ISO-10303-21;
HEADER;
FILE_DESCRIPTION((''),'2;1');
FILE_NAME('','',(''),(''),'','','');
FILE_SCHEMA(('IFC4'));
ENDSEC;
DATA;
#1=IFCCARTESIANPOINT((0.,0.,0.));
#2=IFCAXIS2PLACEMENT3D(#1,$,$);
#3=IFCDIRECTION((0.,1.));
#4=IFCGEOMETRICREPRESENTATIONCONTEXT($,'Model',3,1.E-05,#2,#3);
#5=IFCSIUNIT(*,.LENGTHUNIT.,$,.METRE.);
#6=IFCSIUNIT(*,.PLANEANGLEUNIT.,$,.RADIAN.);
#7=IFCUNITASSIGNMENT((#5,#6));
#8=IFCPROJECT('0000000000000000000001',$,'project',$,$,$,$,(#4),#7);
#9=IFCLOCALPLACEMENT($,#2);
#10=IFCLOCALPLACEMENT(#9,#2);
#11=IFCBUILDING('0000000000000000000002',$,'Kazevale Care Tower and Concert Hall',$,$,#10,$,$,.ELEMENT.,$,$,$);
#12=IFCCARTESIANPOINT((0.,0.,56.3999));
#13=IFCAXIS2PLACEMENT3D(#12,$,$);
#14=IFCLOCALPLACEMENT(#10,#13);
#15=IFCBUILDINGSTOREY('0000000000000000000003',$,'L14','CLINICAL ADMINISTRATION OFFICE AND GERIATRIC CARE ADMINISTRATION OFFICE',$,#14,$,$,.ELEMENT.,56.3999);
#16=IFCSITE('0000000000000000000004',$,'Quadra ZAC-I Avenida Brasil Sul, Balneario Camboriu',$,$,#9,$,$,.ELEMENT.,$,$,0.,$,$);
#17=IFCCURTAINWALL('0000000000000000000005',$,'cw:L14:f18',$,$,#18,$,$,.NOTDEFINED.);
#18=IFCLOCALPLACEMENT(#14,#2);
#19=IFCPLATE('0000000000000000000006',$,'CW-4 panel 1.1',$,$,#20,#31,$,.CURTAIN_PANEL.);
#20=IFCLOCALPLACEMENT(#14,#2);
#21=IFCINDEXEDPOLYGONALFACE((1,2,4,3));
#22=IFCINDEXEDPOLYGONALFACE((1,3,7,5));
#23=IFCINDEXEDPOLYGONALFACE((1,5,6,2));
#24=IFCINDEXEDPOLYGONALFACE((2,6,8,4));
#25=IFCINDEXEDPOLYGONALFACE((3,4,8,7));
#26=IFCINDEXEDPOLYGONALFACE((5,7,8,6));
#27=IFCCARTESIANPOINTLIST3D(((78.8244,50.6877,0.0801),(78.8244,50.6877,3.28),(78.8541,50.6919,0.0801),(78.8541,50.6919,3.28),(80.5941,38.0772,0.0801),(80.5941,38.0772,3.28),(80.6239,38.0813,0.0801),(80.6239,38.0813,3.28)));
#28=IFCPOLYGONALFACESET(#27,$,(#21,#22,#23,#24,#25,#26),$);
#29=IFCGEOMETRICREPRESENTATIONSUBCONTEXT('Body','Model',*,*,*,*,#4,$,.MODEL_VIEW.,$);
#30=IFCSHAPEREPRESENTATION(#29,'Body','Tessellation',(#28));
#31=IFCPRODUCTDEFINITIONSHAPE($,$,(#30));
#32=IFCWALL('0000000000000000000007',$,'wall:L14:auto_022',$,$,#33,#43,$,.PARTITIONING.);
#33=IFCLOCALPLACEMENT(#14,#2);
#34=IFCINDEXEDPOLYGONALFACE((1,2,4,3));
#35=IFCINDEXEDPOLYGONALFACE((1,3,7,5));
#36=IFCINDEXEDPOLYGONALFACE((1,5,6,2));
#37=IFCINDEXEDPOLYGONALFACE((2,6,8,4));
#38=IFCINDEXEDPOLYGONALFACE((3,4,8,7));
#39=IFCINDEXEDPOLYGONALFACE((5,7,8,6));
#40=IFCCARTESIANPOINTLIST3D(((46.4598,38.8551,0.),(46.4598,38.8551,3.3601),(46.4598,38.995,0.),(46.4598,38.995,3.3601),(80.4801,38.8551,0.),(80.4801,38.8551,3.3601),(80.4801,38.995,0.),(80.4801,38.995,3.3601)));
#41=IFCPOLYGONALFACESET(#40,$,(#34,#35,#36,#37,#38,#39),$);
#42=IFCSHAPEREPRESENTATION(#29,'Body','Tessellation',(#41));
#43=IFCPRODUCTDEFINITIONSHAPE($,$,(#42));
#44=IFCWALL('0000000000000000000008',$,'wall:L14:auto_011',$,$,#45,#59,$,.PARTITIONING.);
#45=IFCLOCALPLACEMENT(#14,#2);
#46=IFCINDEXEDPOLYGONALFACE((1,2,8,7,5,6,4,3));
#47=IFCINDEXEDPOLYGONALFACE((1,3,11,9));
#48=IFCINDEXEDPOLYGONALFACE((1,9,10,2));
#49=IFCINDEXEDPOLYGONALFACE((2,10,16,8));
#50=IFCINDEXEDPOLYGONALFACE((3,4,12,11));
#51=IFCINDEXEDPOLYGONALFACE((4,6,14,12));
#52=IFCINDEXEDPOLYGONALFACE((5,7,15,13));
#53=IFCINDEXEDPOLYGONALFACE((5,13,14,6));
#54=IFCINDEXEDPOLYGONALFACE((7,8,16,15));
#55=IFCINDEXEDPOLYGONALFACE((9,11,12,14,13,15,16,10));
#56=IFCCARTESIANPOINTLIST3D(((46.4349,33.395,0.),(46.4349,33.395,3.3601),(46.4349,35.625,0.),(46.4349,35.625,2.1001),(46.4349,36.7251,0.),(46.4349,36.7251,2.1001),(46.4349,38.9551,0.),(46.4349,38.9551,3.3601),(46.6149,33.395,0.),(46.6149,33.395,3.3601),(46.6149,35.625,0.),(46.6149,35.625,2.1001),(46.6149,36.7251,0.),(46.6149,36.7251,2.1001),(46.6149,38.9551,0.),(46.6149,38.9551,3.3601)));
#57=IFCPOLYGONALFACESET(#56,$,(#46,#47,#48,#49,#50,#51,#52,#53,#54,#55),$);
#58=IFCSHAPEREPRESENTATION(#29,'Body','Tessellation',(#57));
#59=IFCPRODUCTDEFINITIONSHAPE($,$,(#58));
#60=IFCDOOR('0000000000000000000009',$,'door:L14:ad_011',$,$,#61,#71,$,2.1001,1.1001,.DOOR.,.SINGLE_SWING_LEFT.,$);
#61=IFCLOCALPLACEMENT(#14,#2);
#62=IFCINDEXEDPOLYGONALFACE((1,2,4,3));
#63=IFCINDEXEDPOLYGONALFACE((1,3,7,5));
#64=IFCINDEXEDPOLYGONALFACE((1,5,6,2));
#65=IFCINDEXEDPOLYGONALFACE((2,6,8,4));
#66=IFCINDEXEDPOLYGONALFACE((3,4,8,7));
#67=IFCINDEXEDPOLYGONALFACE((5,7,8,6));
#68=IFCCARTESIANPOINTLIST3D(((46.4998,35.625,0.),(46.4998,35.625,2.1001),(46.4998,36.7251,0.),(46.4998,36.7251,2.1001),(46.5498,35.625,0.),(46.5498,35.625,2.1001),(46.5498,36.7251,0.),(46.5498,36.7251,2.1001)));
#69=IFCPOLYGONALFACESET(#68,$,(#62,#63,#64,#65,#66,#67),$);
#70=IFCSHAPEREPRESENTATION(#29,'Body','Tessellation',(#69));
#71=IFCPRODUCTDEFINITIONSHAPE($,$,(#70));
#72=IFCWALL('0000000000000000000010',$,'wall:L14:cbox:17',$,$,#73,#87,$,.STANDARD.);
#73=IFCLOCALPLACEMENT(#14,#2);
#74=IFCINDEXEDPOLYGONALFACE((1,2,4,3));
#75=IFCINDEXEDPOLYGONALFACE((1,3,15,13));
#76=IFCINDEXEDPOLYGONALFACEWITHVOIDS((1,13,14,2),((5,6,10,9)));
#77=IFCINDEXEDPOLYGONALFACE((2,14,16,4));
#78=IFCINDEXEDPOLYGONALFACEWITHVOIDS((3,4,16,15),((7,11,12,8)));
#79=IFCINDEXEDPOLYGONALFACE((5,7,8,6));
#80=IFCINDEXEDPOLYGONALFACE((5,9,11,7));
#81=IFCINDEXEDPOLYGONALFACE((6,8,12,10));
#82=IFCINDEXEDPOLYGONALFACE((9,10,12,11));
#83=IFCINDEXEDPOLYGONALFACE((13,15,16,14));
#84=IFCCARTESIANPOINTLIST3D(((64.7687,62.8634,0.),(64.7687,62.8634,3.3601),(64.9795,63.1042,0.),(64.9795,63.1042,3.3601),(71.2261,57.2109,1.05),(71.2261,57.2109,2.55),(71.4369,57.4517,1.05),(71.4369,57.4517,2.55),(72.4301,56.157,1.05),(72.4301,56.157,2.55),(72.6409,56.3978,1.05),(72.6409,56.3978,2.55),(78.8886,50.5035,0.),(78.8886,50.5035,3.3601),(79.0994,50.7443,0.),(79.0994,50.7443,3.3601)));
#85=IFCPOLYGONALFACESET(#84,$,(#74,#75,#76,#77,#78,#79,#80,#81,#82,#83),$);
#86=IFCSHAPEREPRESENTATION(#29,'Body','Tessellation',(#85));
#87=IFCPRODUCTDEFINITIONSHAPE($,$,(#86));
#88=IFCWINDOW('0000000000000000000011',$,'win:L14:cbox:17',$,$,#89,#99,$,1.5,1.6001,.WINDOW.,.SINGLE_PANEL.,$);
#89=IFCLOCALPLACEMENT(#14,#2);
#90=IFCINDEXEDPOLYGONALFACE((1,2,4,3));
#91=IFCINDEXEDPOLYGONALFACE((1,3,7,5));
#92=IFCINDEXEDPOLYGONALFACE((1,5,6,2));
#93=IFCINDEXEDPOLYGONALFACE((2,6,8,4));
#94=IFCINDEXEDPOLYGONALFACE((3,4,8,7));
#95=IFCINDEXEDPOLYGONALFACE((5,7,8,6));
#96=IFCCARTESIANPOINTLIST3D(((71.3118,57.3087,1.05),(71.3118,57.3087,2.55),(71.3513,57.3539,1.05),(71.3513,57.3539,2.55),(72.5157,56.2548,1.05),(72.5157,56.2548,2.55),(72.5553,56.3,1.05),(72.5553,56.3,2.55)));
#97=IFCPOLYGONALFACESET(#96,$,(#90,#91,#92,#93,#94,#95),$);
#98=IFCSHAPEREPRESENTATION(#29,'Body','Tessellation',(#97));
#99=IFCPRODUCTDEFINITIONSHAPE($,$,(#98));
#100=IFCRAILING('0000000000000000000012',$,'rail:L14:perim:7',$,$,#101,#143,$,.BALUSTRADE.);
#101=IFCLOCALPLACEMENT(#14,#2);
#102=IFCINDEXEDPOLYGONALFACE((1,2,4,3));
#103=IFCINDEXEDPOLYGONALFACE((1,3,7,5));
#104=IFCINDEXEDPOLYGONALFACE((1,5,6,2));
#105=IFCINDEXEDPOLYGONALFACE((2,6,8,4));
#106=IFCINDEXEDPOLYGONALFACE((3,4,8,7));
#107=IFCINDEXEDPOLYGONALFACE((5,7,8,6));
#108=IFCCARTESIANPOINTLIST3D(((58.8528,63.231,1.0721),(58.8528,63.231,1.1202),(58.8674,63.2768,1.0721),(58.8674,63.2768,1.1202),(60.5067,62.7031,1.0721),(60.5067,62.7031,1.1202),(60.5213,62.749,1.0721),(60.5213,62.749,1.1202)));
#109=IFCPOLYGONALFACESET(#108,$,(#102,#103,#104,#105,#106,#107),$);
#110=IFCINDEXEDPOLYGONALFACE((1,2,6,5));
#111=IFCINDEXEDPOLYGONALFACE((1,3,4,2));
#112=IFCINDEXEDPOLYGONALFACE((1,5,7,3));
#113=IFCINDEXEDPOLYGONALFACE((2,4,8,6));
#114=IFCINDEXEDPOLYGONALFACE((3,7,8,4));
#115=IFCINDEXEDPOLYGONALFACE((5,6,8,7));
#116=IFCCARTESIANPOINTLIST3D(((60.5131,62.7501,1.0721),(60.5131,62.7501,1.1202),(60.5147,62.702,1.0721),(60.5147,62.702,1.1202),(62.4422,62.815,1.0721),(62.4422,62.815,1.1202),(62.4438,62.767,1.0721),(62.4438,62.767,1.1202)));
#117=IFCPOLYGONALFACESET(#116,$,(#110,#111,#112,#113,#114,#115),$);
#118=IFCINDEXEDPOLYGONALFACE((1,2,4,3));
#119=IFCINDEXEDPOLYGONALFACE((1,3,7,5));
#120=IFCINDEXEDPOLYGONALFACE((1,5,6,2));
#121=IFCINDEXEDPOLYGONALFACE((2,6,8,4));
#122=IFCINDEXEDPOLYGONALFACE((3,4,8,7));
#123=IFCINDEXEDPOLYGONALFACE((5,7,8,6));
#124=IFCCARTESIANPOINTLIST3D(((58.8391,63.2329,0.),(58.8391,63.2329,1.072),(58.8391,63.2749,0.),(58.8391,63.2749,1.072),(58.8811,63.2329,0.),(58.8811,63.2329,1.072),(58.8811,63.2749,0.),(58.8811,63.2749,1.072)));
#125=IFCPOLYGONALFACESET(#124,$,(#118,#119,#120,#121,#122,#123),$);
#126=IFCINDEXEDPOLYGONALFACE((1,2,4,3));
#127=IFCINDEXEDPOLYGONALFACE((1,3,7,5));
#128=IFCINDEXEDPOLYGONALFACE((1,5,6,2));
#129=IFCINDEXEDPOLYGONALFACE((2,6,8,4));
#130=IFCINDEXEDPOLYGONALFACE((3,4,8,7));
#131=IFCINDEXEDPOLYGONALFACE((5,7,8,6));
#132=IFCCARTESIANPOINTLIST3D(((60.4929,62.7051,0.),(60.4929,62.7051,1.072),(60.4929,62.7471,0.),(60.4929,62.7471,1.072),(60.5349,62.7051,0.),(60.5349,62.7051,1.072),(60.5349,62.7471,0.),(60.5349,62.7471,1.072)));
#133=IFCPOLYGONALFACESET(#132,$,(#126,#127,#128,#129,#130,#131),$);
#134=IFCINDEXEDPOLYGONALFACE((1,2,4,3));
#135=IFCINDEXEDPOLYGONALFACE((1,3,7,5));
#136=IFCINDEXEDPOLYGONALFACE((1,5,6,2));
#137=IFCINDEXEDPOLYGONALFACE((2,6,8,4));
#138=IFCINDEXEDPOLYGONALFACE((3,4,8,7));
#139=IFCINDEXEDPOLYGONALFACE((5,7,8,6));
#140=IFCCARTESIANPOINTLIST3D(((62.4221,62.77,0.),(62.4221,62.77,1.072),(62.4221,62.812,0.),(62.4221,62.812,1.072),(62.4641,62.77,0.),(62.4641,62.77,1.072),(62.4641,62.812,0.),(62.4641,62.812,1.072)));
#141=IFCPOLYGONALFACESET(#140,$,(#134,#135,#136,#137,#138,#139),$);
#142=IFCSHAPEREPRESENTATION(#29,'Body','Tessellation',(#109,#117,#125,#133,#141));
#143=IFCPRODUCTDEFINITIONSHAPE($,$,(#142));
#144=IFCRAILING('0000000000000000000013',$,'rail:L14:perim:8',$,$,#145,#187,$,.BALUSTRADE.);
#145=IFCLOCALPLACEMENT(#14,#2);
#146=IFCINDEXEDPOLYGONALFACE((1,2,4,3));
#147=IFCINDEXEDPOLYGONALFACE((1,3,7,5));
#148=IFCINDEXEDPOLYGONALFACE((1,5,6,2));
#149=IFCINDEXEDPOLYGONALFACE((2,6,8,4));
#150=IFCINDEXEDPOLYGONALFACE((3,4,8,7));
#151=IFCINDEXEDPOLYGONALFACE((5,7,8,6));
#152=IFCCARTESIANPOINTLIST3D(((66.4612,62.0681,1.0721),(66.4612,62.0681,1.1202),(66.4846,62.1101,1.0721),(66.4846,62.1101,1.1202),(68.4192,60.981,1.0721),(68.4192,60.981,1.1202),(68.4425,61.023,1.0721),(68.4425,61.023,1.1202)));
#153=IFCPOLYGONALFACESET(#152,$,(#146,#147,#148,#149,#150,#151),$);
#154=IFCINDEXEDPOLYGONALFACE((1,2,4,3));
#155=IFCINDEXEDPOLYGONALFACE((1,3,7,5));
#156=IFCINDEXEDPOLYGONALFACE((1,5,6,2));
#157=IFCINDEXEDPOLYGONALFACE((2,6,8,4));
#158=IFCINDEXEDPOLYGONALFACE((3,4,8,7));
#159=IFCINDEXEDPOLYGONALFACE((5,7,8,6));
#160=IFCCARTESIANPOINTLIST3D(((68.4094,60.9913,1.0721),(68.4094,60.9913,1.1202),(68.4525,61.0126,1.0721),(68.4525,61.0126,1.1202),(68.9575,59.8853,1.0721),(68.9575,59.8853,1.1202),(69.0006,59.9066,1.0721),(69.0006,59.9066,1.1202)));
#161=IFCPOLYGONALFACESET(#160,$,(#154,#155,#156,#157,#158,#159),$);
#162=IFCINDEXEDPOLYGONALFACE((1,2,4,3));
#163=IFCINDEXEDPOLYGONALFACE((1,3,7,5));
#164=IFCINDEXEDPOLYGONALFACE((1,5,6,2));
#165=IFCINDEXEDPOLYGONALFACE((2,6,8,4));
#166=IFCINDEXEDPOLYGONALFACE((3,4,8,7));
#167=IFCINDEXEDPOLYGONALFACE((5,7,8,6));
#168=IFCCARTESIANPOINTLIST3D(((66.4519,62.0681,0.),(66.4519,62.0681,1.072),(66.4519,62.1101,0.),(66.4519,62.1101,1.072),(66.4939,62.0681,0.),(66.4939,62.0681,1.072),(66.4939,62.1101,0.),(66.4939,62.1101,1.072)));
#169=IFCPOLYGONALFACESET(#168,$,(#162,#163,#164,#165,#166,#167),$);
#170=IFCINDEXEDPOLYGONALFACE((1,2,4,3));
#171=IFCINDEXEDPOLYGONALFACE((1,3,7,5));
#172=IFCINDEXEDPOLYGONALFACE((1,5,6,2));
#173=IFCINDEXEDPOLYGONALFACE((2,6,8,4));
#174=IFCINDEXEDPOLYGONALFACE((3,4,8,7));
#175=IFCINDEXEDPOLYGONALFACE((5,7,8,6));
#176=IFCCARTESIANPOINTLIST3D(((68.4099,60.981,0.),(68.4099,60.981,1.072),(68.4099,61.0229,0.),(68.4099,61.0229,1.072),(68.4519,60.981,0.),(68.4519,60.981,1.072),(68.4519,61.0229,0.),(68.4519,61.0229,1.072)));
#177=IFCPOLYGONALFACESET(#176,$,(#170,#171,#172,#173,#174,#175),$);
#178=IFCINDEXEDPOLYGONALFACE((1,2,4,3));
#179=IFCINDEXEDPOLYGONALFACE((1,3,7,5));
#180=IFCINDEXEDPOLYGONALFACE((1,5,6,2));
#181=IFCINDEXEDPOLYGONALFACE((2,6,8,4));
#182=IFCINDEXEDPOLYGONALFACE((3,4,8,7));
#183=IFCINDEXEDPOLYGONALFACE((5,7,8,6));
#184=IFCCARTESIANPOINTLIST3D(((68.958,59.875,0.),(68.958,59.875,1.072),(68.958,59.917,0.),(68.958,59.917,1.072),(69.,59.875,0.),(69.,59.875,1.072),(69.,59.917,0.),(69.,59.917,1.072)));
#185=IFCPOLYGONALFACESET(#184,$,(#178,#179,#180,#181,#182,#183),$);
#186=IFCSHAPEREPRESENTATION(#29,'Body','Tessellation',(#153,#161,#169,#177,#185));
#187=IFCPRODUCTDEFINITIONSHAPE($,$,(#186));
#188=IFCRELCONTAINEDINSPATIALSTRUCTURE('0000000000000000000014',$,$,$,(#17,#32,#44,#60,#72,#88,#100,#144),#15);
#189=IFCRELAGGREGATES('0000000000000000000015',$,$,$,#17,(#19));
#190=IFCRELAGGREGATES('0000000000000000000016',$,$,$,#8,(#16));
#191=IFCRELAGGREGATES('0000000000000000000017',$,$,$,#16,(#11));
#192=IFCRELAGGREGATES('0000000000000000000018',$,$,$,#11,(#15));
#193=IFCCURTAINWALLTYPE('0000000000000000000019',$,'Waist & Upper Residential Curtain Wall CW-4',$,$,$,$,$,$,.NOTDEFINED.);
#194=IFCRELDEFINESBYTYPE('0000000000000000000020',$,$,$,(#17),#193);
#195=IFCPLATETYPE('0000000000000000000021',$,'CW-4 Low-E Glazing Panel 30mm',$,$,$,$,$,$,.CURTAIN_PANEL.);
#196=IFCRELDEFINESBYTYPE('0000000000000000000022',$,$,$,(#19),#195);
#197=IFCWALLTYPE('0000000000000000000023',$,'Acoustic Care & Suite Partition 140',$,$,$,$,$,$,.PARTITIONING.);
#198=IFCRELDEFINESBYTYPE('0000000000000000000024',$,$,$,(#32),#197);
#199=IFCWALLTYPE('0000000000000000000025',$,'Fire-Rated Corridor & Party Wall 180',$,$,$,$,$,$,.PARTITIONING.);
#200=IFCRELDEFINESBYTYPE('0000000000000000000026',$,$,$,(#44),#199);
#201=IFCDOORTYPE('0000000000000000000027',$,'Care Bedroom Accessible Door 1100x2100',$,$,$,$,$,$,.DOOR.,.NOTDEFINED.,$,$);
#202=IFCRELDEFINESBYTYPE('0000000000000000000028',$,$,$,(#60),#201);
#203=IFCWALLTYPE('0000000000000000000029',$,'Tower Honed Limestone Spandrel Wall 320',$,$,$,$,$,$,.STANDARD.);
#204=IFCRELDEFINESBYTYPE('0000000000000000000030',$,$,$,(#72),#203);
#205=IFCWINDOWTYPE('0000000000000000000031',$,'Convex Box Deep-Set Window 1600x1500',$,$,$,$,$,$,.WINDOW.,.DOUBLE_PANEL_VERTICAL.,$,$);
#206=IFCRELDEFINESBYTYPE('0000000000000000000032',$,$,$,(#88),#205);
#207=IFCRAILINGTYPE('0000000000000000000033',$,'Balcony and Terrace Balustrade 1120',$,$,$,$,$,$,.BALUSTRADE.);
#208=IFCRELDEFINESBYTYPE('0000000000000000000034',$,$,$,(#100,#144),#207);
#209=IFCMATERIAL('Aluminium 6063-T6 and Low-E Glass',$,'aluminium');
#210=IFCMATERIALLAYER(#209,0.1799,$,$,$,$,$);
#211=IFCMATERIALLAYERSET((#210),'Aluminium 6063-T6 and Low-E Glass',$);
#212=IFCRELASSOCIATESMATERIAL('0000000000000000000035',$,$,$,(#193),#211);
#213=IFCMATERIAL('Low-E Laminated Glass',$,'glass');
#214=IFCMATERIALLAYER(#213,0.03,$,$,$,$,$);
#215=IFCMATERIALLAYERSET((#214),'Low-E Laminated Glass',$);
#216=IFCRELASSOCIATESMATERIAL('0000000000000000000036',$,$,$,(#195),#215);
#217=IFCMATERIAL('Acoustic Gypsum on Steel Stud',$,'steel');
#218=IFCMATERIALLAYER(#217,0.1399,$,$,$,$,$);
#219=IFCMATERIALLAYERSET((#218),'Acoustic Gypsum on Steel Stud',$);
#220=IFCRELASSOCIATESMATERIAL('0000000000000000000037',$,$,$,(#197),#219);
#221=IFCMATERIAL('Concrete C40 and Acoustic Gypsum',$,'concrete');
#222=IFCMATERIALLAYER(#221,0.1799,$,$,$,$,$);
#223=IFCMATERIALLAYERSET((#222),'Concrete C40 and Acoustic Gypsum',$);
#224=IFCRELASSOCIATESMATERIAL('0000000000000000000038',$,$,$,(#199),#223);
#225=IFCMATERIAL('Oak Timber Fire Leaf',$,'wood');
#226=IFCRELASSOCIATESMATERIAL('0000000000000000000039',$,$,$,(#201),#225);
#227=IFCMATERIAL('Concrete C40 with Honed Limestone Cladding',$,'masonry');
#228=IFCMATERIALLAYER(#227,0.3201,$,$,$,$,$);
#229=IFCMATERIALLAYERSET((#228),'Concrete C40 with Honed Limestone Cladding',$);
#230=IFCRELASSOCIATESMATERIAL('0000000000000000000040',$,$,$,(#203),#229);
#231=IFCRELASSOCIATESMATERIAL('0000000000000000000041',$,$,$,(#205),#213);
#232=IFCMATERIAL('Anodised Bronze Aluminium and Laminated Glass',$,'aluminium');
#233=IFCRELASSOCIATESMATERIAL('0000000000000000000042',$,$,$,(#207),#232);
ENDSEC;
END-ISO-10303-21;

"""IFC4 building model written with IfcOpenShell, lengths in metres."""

from ifc_helpers import new_model, si_unit, direction, frame, frame_2d, origin, origin_2d, place, context, subcontext, project, spatial, rectangle, extrude, material, layer, layer_set, type_object, element, fill, aggregate, save


model = new_model("IFC4")

# Units and contexts
model_context = context("Model", 3, precision=1e-05, world=origin(), true_north=direction((0.0, 1.0)))
body_context = subcontext(model_context, "Body", "Model", "MODEL_VIEW")
ifc_project = project(units=[si_unit("LENGTHUNIT", "METRE"), si_unit("PLANEANGLEUNIT", "RADIAN")], contexts=[model_context])

# Site, building, storey
site_placement = place(None, origin())
site = spatial("IfcSite", under=ifc_project, at=site_placement, Name="Quadra ZAC-I Avenida Brasil Sul, Balneario Camboriu", CompositionType="ELEMENT", RefElevation=0.0)
building_placement = place(site_placement, origin())
building = spatial("IfcBuilding", under=site, at=building_placement, Name="Kazevale Care Tower and Concert Hall", CompositionType="ELEMENT")
storey_placement = place(building_placement, frame((0.0, 0.0, 56.3999)))
storey = spatial("IfcBuildingStorey", under=building, at=storey_placement, Name="L14", Description="CLINICAL ADMINISTRATION OFFICE AND GERIATRIC CARE ADMINISTRATION OFFICE", CompositionType="ELEMENT", Elevation=56.3999)

# Shared definitions
ifc_material_1 = material(Name="Aluminium 6063-T6 and Low-E Glass", Category="aluminium")
ifc_layer_1 = layer(ifc_material_1, 0.1799)
ifc_layer_set_1 = layer_set([ifc_layer_1], Name="Aluminium 6063-T6 and Low-E Glass")
curtain_wall_type_1 = type_object("IfcCurtainWallType", Name="Waist & Upper Residential Curtain Wall CW-4", PredefinedType="NOTDEFINED", material=ifc_layer_set_1)

# Curtain wall
curtain_wall_1_placement = place(storey_placement, origin())
curtain_wall_1 = element("IfcCurtainWall", 1, at=curtain_wall_1_placement, inside=storey, type_object=curtain_wall_type_1, Name="cw:L14:f18", PredefinedType="NOTDEFINED")

# Plate
ifc_material_2 = material(Name="Low-E Laminated Glass", Category="glass")
ifc_layer_2 = layer(ifc_material_2, 0.03)
ifc_layer_set_2 = layer_set([ifc_layer_2], Name="Low-E Laminated Glass")
plate_type_1 = type_object("IfcPlateType", Name="CW-4 Low-E Glazing Panel 30mm", PredefinedType="CURTAIN_PANEL", material=ifc_layer_set_2)
plate_1_placement = place(storey_placement, frame((79.7241, 44.3845, 0.0801), z_axis=(0.0, 0.0, 1.0), x_axis=(0.138978, -0.990295, 0.0)))
plate_1 = element("IfcPlate", 2, at=plate_1_placement, type_object=plate_type_1, Name="CW-4 panel 1.1", PredefinedType="CURTAIN_PANEL", context=body_context, shape_type="SweptSolid", body=[
    extrude(rectangle(XDim=12.7341, YDim=0.03, at=origin_2d()), origin(), (0.0, 0.0, 1.0), 3.2),
])
aggregate(curtain_wall_1, [plate_1])

# Wall
ifc_material_3 = material(Name="Acoustic Gypsum on Steel Stud", Category="steel")
ifc_layer_3 = layer(ifc_material_3, 0.1399)
ifc_layer_set_3 = layer_set([ifc_layer_3], Name="Acoustic Gypsum on Steel Stud")
wall_type_1 = type_object("IfcWallType", Name="Acoustic Care & Suite Partition 140", PredefinedType="PARTITIONING", material=ifc_layer_set_3)
wall_1_placement = place(storey_placement, frame((80.4802, 38.925, 0.0), z_axis=(0.0, 0.0, 1.0), x_axis=(-1.0, 0.0, 0.0)))
element("IfcWall", 3, at=wall_1_placement, inside=storey, type_object=wall_type_1, Name="wall:L14:auto_022", PredefinedType="PARTITIONING", context=body_context, shape_type="SweptSolid", body=[
    extrude(rectangle(XDim=34.0203, YDim=0.1399, at=frame_2d((17.0103, 0.0))), origin(), (0.0, 0.0, 1.0), 3.3601),
])

# Wall, opening, door
ifc_material_4 = material(Name="Concrete C40 and Acoustic Gypsum", Category="concrete")
ifc_layer_4 = layer(ifc_material_4, 0.1799)
ifc_layer_set_4 = layer_set([ifc_layer_4], Name="Concrete C40 and Acoustic Gypsum")
wall_type_2 = type_object("IfcWallType", Name="Fire-Rated Corridor & Party Wall 180", PredefinedType="PARTITIONING", material=ifc_layer_set_4)
wall_2_placement = place(storey_placement, frame((46.5249, 38.9551, 0.0), z_axis=(0.0, 0.0, 1.0), x_axis=(0.0, -1.0, 0.0)))
wall_2 = element("IfcWall", 4, at=wall_2_placement, inside=storey, type_object=wall_type_2, Name="wall:L14:auto_011", PredefinedType="PARTITIONING", context=body_context, shape_type="SweptSolid", body=[
    extrude(rectangle(XDim=5.5601, YDim=0.1799, at=frame_2d((2.78, 0.0))), origin(), (0.0, 0.0, 1.0), 3.3601),
])
opening_1_placement = place(wall_2_placement, frame((2.23, 0.0, 0.0)))
opening_1 = element("IfcOpeningElement", 5, at=opening_1_placement, cuts=wall_2, PredefinedType="OPENING", context=body_context, shape_type="SweptSolid", body=[
    extrude(rectangle(XDim=1.1001, YDim=2.1001, at=frame_2d((0.55, 1.05))), frame((0.0, 0.0999, 0.0), z_axis=(0.0, -1.0, 0.0), x_axis=(1.0, 0.0, 0.0)), (0.0, 0.0, 1.0), 0.2),
])
ifc_material_5 = material(Name="Oak Timber Fire Leaf", Category="wood")
door_type = type_object("IfcDoorType", Name="Care Bedroom Accessible Door 1100x2100", OperationType="NOTDEFINED", PredefinedType="DOOR", material=ifc_material_5)
door_placement = place(opening_1_placement, origin())
door = element("IfcDoor", 6, at=door_placement, inside=storey, type_object=door_type, Name="door:L14:ad_011", OperationType="SINGLE_SWING_LEFT", OverallHeight=2.1001, OverallWidth=1.1001, PredefinedType="DOOR", context=body_context, shape_type="SweptSolid", body=[
    extrude(rectangle(XDim=1.1001, YDim=2.1001, at=frame_2d((0.55, 1.05))), frame((0.0, 0.0249, 0.0), z_axis=(0.0, -1.0, 0.0), x_axis=(1.0, 0.0, 0.0)), (0.0, 0.0, 1.0), 0.05),
])
fill(opening_1, door)

# Wall, opening, window
ifc_material_6 = material(Name="Concrete C40 with Honed Limestone Cladding", Category="masonry")
ifc_layer_5 = layer(ifc_material_6, 0.3201)
ifc_layer_set_5 = layer_set([ifc_layer_5], Name="Concrete C40 with Honed Limestone Cladding")
wall_type_3 = type_object("IfcWallType", Name="Tower Honed Limestone Spandrel Wall 320", PredefinedType="STANDARD", material=ifc_layer_set_5)
wall_3_placement = place(storey_placement, frame((64.874, 62.9839, 0.0), z_axis=(0.0, 0.0, 1.0), x_axis=(0.752445, -0.658655, 0.0)))
wall_3 = element("IfcWall", 7, at=wall_3_placement, inside=storey, type_object=wall_type_3, Name="wall:L14:cbox:17", PredefinedType="STANDARD", context=body_context, shape_type="SweptSolid", body=[
    extrude(rectangle(XDim=18.7654, YDim=0.3201, at=frame_2d((9.3828, 0.0))), origin(), (0.0, 0.0, 1.0), 3.3601),
])
opening_2_placement = place(wall_3_placement, frame((8.582, 0.0, 1.05)))
opening_2 = element("IfcOpeningElement", 8, at=opening_2_placement, cuts=wall_3, PredefinedType="OPENING", context=body_context, shape_type="SweptSolid", body=[
    extrude(rectangle(XDim=1.6001, YDim=1.5, at=frame_2d((0.8, 0.75))), frame((0.0, 0.1699, 0.0), z_axis=(0.0, -1.0, 0.0), x_axis=(1.0, 0.0, 0.0)), (0.0, 0.0, 1.0), 0.3401),
])
window_type = type_object("IfcWindowType", Name="Convex Box Deep-Set Window 1600x1500", PartitioningType="DOUBLE_PANEL_VERTICAL", PredefinedType="WINDOW", material=ifc_material_2)
window_placement = place(opening_2_placement, origin())
window = element("IfcWindow", 9, at=window_placement, inside=storey, type_object=window_type, Name="win:L14:cbox:17", OverallHeight=1.5, OverallWidth=1.6001, PartitioningType="SINGLE_PANEL", PredefinedType="WINDOW", context=body_context, shape_type="SweptSolid", body=[
    extrude(rectangle(XDim=1.6001, YDim=1.5, at=frame_2d((0.8, 0.75))), frame((0.0, 0.03, 0.0), z_axis=(0.0, -1.0, 0.0), x_axis=(1.0, 0.0, 0.0)), (0.0, 0.0, 1.0), 0.0601),
])
fill(opening_2, window)

# Railings
ifc_material_7 = material(Name="Anodised Bronze Aluminium and Laminated Glass", Category="aluminium")
railing_type = type_object("IfcRailingType", Name="Balcony and Terrace Balustrade 1120", PredefinedType="BALUSTRADE", material=ifc_material_7)
railing_1_placement = place(storey_placement, frame((58.8601, 63.2539, 0.0)))
element("IfcRailing", 10, at=railing_1_placement, inside=storey, type_object=railing_type, Name="rail:L14:perim:7", PredefinedType="BALUSTRADE", context=body_context, shape_type="SweptSolid", body=[
    extrude(rectangle(XDim=0.0481, YDim=0.0481, at=origin_2d()), frame((0.0, 0.0, 1.0962), z_axis=(0.952656, -0.304051, 0.0), x_axis=(0.304051, 0.952656, 0.0)), (0.0, 0.0, 1.0), 1.7361),
    extrude(rectangle(XDim=0.0481, YDim=0.0481, at=origin_2d()), frame((1.6538, -0.5278, 1.0962), z_axis=(0.999434, 0.033643, 0.0), x_axis=(-0.033643, 0.999434, 0.0)), (0.0, 0.0, 1.0), 1.9302),
    extrude(rectangle(XDim=0.042, YDim=0.042, at=origin_2d()), origin(), (0.0, 0.0, 1.0), 1.072),
    extrude(rectangle(XDim=0.042, YDim=0.042, at=origin_2d()), frame((1.6538, -0.5278, 0.0)), (0.0, 0.0, 1.0), 1.072),
    extrude(rectangle(XDim=0.042, YDim=0.042, at=origin_2d()), frame((3.583, -0.4629, 0.0)), (0.0, 0.0, 1.0), 1.072),
])
railing_2_placement = place(storey_placement, frame((66.4729, 62.0891, 0.0)))
element("IfcRailing", 11, at=railing_2_placement, inside=storey, type_object=railing_type, Name="rail:L14:perim:8", PredefinedType="BALUSTRADE", context=body_context, shape_type="SweptSolid", body=[
    extrude(rectangle(XDim=0.0481, YDim=0.0481, at=origin_2d()), frame((0.0, 0.0, 1.0962), z_axis=(0.874276, -0.48543, 0.0), x_axis=(0.48543, 0.874276, 0.0)), (0.0, 0.0, 1.0), 2.2395),
    extrude(rectangle(XDim=0.0481, YDim=0.0481, at=origin_2d()), frame((1.958, -1.0872, 1.0962), z_axis=(0.444046, -0.896004, 0.0), x_axis=(0.896004, 0.444046, 0.0)), (0.0, 0.0, 1.0), 1.2344),
    extrude(rectangle(XDim=0.042, YDim=0.042, at=origin_2d()), origin(), (0.0, 0.0, 1.0), 1.072),
    extrude(rectangle(XDim=0.042, YDim=0.042, at=origin_2d()), frame((1.958, -1.0872, 0.0)), (0.0, 0.0, 1.0), 1.072),
    extrude(rectangle(XDim=0.042, YDim=0.042, at=origin_2d()), frame((2.5061, -2.1931, 0.0)), (0.0, 0.0, 1.0), 1.072),
])

save(model, "model.ifc")
